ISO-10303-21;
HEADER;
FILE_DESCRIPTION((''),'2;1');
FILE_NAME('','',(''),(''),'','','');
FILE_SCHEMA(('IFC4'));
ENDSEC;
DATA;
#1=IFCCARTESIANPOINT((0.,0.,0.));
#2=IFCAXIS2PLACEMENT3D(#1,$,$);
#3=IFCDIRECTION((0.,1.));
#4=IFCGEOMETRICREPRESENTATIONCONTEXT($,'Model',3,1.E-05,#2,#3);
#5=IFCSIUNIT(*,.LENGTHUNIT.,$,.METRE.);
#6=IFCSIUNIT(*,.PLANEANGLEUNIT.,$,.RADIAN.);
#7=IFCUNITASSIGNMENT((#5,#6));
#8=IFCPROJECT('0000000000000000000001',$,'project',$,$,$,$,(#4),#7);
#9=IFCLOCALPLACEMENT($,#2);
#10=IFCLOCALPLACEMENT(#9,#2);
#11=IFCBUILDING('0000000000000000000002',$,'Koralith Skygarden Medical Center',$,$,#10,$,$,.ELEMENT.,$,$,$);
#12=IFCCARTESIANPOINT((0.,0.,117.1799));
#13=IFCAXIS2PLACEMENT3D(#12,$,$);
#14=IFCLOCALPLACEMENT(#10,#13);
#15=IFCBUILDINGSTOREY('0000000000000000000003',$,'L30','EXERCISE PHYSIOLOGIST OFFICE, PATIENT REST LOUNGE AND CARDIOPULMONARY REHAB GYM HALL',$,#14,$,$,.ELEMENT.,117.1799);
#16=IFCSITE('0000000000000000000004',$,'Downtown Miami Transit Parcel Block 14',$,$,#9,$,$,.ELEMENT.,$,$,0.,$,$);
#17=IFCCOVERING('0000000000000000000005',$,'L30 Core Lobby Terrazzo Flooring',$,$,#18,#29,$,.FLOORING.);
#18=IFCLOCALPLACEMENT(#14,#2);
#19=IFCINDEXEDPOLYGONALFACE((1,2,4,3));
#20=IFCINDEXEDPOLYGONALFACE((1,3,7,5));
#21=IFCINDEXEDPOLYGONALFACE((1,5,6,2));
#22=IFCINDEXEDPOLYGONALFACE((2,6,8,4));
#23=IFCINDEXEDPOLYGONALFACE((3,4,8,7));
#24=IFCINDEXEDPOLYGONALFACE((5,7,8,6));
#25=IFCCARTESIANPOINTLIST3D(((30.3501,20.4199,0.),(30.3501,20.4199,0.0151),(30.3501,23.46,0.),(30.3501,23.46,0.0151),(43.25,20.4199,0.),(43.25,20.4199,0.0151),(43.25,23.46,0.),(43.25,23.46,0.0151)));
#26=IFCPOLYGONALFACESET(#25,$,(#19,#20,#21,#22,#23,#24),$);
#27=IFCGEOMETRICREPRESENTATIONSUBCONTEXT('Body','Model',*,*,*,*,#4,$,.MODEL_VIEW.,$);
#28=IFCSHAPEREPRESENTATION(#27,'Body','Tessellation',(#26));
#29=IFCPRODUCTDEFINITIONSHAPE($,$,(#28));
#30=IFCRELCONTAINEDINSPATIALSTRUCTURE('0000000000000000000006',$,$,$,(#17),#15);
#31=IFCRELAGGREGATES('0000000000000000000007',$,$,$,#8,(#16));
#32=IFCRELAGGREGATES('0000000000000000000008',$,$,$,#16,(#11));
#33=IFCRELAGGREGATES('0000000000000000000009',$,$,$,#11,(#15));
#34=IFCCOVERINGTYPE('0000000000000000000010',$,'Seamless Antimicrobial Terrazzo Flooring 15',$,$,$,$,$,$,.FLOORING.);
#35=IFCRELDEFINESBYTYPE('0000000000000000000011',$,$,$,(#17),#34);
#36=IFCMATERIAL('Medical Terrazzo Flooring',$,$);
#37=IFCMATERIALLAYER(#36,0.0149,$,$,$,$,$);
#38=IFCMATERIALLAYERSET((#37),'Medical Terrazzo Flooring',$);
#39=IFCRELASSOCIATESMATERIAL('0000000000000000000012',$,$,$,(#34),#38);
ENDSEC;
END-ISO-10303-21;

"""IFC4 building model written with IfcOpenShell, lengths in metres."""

from ifc_helpers import new_model, si_unit, direction, frame, origin, place, context, subcontext, project, spatial, polyline, outline, extrude, material, layer, layer_set, type_object, element, save


model = new_model("IFC4")

# Units and contexts
model_context = context("Model", 3, precision=1e-05, world=origin(), true_north=direction((0.0, 1.0)))
body_context = subcontext(model_context, "Body", "Model", "MODEL_VIEW")
ifc_project = project(units=[si_unit("LENGTHUNIT", "METRE"), si_unit("PLANEANGLEUNIT", "RADIAN")], contexts=[model_context])

# Site, building, storey
site_placement = place(None, origin())
site = spatial("IfcSite", under=ifc_project, at=site_placement, Name="Downtown Miami Transit Parcel Block 14", CompositionType="ELEMENT", RefElevation=0.0)
building_placement = place(site_placement, origin())
building = spatial("IfcBuilding", under=site, at=building_placement, Name="Koralith Skygarden Medical Center", CompositionType="ELEMENT")
storey_placement = place(building_placement, frame((0.0, 0.0, 117.1799)))
storey = spatial("IfcBuildingStorey", under=building, at=storey_placement, Name="L30", Description="EXERCISE PHYSIOLOGIST OFFICE, PATIENT REST LOUNGE AND CARDIOPULMONARY REHAB GYM HALL", CompositionType="ELEMENT", Elevation=117.1799)

# Covering
ifc_material_1 = material(Name="Medical Terrazzo Flooring")
ifc_layer_1 = layer(ifc_material_1, 0.0149)
ifc_layer_set_1 = layer_set([ifc_layer_1], Name="Medical Terrazzo Flooring")
covering_type_1 = type_object("IfcCoveringType", Name="Seamless Antimicrobial Terrazzo Flooring 15", PredefinedType="FLOORING", material=ifc_layer_set_1)
covering_1_placement = place(storey_placement, origin())
element("IfcCovering", 1, at=covering_1_placement, inside=storey, type_object=covering_type_1, Name="L30 Core Lobby Terrazzo Flooring", PredefinedType="FLOORING", context=body_context, shape_type="SweptSolid", body=[
    extrude(outline(polyline([(30.3501, 20.4199), (43.25, 20.4199), (43.25, 23.46), (30.3501, 23.46), (30.3501, 20.4199)])), origin(), (0.0, 0.0, 1.0), 0.0151),
])

save(model, "model.ifc")
